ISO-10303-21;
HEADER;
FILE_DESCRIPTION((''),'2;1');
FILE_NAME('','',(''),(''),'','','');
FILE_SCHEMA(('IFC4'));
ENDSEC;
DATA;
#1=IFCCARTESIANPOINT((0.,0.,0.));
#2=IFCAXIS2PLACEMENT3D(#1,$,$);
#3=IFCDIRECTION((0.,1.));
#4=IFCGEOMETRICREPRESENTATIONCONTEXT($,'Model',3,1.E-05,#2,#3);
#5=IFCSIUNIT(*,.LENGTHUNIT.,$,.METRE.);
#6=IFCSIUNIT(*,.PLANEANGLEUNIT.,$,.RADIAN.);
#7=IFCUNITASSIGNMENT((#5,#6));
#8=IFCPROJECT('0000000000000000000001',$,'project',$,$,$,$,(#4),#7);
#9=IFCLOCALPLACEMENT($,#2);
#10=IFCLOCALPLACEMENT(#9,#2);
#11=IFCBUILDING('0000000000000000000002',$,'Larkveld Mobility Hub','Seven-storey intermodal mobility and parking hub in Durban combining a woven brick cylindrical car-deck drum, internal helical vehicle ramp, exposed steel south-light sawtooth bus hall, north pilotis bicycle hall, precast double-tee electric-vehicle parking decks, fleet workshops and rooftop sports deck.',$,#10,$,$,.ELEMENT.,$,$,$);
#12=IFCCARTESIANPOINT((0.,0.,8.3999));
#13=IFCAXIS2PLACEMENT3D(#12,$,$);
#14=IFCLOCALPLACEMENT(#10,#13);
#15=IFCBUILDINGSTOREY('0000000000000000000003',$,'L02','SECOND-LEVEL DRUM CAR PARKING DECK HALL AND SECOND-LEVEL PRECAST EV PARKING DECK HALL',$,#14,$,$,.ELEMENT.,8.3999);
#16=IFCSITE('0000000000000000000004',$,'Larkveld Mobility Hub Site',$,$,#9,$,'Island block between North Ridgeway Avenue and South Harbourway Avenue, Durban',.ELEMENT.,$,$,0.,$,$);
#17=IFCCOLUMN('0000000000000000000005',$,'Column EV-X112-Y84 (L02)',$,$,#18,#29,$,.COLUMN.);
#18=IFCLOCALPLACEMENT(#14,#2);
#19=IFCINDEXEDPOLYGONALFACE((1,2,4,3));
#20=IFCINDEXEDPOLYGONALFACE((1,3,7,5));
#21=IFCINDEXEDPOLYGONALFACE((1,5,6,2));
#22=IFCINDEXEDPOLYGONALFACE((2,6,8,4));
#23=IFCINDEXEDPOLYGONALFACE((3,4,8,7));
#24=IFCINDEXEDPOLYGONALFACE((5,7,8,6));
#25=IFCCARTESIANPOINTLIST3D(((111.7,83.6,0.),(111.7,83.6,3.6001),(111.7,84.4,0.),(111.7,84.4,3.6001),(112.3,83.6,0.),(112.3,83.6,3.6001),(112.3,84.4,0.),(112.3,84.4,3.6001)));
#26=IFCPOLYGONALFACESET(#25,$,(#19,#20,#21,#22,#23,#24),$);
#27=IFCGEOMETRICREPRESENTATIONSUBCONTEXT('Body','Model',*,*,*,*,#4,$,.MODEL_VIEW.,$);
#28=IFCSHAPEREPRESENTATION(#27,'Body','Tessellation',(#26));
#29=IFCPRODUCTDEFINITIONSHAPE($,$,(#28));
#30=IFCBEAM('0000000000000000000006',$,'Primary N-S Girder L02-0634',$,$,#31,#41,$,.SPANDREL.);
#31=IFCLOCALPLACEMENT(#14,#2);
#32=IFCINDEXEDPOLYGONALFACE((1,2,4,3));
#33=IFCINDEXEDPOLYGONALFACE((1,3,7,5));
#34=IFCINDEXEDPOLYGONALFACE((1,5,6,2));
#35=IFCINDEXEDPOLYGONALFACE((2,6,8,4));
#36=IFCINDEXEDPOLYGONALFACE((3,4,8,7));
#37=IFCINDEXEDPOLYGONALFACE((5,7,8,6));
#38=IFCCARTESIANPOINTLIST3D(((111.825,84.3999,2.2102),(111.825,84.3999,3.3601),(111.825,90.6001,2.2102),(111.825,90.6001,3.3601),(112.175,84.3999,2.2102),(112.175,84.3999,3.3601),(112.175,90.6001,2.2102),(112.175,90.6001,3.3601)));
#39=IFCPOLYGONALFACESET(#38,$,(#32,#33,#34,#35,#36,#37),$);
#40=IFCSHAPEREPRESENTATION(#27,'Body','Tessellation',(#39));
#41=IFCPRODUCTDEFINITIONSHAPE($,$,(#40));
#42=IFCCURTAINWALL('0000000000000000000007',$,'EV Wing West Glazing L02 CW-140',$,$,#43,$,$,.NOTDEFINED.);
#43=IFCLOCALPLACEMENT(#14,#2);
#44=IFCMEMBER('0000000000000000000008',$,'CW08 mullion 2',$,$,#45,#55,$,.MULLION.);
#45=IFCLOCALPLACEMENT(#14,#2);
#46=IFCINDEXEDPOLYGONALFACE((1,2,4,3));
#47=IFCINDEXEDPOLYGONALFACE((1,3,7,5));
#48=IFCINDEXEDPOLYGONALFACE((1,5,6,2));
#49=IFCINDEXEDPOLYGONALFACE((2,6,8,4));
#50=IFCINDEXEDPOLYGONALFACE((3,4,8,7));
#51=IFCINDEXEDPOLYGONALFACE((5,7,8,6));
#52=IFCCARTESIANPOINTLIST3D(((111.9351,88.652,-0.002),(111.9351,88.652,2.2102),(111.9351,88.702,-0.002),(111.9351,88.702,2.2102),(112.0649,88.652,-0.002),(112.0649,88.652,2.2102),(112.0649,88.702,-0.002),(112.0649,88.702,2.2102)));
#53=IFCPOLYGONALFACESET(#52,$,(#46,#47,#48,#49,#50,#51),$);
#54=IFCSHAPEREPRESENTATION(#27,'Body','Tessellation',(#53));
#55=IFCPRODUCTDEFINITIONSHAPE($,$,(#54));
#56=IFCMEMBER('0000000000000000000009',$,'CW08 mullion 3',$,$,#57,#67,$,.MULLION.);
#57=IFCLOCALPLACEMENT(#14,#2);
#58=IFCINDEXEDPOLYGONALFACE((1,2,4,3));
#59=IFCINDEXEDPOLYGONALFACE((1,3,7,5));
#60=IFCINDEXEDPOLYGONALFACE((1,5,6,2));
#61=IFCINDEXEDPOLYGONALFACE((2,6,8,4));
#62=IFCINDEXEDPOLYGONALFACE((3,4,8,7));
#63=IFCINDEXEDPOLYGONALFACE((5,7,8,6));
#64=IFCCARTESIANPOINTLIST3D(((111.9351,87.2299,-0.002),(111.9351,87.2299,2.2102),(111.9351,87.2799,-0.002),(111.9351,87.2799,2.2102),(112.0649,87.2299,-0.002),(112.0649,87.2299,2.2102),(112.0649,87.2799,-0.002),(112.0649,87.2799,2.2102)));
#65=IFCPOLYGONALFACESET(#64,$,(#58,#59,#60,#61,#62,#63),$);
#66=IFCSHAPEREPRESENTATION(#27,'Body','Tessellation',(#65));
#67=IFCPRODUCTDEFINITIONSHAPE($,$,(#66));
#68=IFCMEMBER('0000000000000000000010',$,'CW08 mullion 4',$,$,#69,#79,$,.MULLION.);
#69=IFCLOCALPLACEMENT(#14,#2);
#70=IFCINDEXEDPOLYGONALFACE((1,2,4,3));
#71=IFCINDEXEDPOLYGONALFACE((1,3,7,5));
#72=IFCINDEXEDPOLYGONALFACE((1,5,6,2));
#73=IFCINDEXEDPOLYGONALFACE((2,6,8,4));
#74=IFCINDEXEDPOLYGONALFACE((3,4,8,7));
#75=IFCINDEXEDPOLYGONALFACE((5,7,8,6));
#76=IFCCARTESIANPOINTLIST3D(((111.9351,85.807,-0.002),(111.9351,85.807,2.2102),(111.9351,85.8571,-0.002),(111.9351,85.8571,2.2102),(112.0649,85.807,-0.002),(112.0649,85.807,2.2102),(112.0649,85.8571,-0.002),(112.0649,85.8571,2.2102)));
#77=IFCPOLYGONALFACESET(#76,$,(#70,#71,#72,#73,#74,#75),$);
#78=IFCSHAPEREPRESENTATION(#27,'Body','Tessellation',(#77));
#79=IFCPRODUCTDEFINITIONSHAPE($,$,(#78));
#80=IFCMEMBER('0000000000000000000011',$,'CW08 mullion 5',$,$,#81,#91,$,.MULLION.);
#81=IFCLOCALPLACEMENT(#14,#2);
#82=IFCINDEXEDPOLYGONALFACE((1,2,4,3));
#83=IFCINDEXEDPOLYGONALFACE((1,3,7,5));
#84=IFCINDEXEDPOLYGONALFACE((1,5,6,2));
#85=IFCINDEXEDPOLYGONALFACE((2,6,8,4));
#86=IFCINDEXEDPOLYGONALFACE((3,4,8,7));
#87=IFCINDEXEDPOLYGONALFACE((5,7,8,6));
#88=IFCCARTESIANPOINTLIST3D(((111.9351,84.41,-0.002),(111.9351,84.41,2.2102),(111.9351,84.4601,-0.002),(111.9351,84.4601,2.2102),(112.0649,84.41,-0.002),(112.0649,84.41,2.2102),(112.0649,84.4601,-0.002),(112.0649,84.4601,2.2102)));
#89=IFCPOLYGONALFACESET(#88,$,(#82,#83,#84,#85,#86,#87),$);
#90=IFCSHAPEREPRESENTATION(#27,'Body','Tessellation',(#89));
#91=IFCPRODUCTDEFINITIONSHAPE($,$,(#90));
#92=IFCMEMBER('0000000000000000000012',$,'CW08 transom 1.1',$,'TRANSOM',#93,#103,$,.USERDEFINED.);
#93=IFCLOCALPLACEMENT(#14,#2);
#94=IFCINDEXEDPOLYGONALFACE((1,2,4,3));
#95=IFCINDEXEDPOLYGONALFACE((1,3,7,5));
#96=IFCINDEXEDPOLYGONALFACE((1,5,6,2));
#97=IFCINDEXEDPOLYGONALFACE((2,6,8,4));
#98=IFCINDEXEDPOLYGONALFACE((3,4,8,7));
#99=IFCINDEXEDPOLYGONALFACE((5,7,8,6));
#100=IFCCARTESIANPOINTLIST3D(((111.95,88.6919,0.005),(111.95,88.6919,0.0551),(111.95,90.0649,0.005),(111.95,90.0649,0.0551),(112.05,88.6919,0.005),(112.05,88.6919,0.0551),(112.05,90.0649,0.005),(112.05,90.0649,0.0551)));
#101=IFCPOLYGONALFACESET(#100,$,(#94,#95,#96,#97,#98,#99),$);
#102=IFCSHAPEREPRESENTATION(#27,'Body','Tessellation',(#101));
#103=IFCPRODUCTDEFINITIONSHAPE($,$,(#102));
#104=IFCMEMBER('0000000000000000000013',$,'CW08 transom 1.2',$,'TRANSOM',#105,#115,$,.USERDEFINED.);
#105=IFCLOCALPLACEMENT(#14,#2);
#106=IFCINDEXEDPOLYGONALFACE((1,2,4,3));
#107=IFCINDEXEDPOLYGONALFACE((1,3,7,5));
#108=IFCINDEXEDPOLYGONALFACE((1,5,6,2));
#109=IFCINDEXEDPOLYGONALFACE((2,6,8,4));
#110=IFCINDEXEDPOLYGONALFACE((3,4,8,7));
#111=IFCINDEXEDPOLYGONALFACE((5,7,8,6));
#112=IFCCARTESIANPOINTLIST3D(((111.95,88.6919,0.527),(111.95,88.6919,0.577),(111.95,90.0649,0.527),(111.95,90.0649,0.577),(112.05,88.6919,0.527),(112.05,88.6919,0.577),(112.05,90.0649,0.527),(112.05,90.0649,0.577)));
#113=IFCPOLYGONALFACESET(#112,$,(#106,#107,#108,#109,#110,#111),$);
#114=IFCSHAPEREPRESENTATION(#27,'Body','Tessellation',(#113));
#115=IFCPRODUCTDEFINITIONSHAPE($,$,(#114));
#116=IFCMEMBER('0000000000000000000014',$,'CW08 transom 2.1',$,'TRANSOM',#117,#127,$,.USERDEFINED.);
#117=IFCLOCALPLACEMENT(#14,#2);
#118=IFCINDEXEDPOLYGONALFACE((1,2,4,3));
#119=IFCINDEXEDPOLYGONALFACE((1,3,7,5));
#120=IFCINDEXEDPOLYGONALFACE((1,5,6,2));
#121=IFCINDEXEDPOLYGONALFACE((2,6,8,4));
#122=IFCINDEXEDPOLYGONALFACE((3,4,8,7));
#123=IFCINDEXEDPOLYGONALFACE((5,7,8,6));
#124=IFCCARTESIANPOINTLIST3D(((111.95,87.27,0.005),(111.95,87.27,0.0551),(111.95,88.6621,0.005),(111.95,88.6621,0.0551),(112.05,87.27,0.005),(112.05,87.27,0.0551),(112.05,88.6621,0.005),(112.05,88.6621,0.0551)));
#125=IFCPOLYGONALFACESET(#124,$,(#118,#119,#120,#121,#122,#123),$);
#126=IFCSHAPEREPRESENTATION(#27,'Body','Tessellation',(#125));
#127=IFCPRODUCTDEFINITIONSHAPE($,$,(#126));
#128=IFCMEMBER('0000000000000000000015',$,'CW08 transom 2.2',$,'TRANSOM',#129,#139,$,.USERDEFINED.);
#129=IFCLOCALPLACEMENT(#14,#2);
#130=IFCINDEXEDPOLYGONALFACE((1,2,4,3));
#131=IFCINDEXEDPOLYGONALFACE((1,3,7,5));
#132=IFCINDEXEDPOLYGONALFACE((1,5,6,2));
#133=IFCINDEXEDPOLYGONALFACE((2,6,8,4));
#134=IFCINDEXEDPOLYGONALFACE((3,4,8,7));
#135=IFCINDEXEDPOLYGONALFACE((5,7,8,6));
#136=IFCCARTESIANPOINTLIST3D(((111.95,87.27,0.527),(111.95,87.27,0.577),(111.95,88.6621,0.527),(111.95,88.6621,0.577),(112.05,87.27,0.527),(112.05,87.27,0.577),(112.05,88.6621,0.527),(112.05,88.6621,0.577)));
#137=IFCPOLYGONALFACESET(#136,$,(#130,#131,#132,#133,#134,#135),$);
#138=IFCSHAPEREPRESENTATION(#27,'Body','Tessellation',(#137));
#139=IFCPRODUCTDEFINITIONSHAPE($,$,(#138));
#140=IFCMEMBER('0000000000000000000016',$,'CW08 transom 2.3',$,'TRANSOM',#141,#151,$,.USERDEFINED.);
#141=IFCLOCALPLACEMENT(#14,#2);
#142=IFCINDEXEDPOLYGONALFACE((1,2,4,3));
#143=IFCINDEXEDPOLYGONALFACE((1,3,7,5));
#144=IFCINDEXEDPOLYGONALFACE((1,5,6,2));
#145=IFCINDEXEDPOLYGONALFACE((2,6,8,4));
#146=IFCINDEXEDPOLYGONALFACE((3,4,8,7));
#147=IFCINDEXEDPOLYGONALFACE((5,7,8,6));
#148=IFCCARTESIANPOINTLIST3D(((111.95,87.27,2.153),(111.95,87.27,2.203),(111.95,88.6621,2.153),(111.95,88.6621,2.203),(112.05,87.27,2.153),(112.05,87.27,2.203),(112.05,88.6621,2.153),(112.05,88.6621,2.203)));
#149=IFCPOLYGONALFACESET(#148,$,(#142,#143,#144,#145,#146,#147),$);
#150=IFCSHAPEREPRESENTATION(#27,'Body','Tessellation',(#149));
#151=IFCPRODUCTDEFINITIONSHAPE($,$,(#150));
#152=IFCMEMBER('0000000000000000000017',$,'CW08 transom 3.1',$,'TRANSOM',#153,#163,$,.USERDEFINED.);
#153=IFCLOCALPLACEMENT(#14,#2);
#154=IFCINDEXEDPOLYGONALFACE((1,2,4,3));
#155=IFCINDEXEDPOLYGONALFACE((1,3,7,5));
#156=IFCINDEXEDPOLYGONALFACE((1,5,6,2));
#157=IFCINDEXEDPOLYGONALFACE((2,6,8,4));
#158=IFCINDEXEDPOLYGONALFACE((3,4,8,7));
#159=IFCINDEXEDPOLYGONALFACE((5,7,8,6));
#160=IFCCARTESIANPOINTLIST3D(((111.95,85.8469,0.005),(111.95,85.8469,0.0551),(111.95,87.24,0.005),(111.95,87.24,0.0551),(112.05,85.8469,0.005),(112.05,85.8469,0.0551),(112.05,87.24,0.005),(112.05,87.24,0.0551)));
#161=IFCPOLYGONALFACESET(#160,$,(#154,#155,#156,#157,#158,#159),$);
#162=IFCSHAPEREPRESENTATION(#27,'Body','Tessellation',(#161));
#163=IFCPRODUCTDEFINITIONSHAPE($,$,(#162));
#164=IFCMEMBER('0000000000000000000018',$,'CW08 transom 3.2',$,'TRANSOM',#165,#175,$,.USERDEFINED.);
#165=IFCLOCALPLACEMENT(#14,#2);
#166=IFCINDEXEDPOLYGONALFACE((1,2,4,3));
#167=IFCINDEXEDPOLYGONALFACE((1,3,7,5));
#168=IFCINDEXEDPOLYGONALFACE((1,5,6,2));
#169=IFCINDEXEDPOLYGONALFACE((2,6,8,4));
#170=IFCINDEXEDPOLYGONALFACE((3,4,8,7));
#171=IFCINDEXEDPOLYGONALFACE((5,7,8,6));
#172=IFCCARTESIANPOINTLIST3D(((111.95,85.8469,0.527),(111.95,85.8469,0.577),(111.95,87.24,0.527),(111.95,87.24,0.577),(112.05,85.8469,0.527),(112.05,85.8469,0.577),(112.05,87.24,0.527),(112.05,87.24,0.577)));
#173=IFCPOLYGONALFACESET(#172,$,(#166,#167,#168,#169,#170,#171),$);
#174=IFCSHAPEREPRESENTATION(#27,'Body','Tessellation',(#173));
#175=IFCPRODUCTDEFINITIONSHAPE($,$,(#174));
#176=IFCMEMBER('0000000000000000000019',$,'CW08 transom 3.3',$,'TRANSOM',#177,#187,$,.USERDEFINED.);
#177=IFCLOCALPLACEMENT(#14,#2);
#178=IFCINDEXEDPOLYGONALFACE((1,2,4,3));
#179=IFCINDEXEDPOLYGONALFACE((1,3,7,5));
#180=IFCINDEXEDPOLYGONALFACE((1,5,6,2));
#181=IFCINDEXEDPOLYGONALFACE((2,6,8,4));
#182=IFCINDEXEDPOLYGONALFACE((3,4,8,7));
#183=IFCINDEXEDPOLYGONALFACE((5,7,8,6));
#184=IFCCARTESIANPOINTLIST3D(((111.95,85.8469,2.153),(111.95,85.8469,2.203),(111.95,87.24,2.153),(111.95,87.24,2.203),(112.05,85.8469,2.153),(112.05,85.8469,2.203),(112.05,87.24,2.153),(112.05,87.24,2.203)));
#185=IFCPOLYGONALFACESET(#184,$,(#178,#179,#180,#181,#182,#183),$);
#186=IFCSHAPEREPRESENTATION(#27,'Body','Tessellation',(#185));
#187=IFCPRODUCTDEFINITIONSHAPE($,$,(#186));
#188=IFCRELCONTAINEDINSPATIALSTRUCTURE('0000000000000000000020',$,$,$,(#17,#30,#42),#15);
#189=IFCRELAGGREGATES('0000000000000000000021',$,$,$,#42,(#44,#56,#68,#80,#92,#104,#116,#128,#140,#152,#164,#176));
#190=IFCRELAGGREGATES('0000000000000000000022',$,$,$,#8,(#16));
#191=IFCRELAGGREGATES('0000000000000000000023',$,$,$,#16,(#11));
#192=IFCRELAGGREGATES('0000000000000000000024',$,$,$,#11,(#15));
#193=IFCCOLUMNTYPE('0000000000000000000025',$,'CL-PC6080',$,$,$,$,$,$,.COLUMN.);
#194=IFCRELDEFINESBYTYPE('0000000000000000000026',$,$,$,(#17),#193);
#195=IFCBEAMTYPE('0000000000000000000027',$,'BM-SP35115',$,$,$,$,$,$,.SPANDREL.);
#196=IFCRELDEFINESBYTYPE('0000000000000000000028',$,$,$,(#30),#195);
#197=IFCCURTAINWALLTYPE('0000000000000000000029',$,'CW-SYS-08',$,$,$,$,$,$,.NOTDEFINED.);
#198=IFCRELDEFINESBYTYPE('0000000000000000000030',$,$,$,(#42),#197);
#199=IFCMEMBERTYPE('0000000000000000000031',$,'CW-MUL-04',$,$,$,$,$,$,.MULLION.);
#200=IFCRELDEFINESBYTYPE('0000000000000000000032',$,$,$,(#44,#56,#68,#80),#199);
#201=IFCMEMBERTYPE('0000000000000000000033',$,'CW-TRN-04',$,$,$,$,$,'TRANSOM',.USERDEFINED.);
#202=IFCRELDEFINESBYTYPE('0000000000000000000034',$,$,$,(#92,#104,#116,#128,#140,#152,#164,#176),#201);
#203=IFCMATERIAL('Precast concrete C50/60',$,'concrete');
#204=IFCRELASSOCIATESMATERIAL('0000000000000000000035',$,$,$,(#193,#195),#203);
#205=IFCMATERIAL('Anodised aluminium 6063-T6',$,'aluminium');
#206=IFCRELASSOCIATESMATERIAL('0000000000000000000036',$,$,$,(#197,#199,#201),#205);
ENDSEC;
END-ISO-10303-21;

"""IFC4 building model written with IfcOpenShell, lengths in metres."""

from ifc_helpers import new_model, si_unit, direction, frame, origin, origin_2d, place, context, subcontext, project, spatial, rectangle, extrude, material, material_profile, profile_set, type_object, element, aggregate, save


model = new_model("IFC4")

# Units and contexts
model_context = context("Model", 3, precision=1e-05, world=origin(), true_north=direction((0.0, 1.0)))
body_context = subcontext(model_context, "Body", "Model", "MODEL_VIEW")
ifc_project = project(units=[si_unit("LENGTHUNIT", "METRE"), si_unit("PLANEANGLEUNIT", "RADIAN")], contexts=[model_context])

# Site, building, storey
site_placement = place(None, origin())
site = spatial("IfcSite", under=ifc_project, at=site_placement, Name="Larkveld Mobility Hub Site", LongName="Island block between North Ridgeway Avenue and South Harbourway Avenue, Durban", CompositionType="ELEMENT", RefElevation=0.0)
building_placement = place(site_placement, origin())
building = spatial("IfcBuilding", under=site, at=building_placement, Name="Larkveld Mobility Hub", Description="Seven-storey intermodal mobility and parking hub in Durban combining a woven brick cylindrical car-deck drum, internal helical vehicle ramp, exposed steel south-light sawtooth bus hall, north pilotis bicycle hall, precast double-tee electric-vehicle parking decks, fleet workshops and rooftop sports deck.", CompositionType="ELEMENT")
storey_placement = place(building_placement, frame((0.0, 0.0, 8.3999)))
storey = spatial("IfcBuildingStorey", under=building, at=storey_placement, Name="L02", Description="SECOND-LEVEL DRUM CAR PARKING DECK HALL AND SECOND-LEVEL PRECAST EV PARKING DECK HALL", CompositionType="ELEMENT", Elevation=8.3999)

# Column
ifc_material_1 = material(Name="Precast concrete C50/60", Category="concrete")
ifc_material_profile_1 = material_profile(ifc_material_1, rectangle(XDim=0.6001, YDim=0.8, at=origin_2d()), Name="RC COL 600x800")
ifc_profile_set_1 = profile_set([ifc_material_profile_1], Name="Precast concrete C50/60")
column_type = type_object("IfcColumnType", Name="CL-PC6080", PredefinedType="COLUMN", material=ifc_profile_set_1)
column_placement = place(storey_placement, frame((112.0, 84.0, 0.0), z_axis=(0.0, 0.0, 1.0), x_axis=(1.0, 0.0, 0.0)))
element("IfcColumn", 1, at=column_placement, inside=storey, type_object=column_type, Name="Column EV-X112-Y84 (L02)", PredefinedType="COLUMN", context=body_context, shape_type="SweptSolid", body=[
    extrude(rectangle(XDim=0.6001, YDim=0.8, at=origin_2d()), origin(), (0.0, 0.0, 1.0), 3.6001),
])

# Beam
ifc_material_profile_2 = material_profile(ifc_material_1, rectangle(XDim=0.3501, YDim=1.1499, at=origin_2d()), Name="PC SP 350x1150")
ifc_profile_set_2 = profile_set([ifc_material_profile_2], Name="Precast concrete C50/60")
beam_type = type_object("IfcBeamType", Name="BM-SP35115", PredefinedType="SPANDREL", material=ifc_profile_set_2)
beam_placement = place(storey_placement, frame((112.0, 84.3999, 2.7852), z_axis=(0.0, 1.0, 0.0), x_axis=(-1.0, 0.0, 0.0)))
element("IfcBeam", 2, at=beam_placement, inside=storey, type_object=beam_type, Name="Primary N-S Girder L02-0634", PredefinedType="SPANDREL", context=body_context, shape_type="SweptSolid", body=[
    extrude(rectangle(XDim=0.3501, YDim=1.1499, at=origin_2d()), origin(), (0.0, 0.0, 1.0), 6.2002),
])

# Curtain wall, members
ifc_material_2 = material(Name="Anodised aluminium 6063-T6", Category="aluminium")
curtain_wall_type = type_object("IfcCurtainWallType", Name="CW-SYS-08", PredefinedType="NOTDEFINED", material=ifc_material_2)
curtain_wall_placement = place(storey_placement, origin())
curtain_wall = element("IfcCurtainWall", 3, at=curtain_wall_placement, inside=storey, type_object=curtain_wall_type, Name="EV Wing West Glazing L02 CW-140", PredefinedType="NOTDEFINED")
ifc_material_profile_3 = material_profile(ifc_material_2, rectangle(XDim=0.05, YDim=0.1299, at=origin_2d()), Name="ALU MULL 50x130")
ifc_profile_set_3 = profile_set([ifc_material_profile_3], Name="Anodised aluminium 6063-T6")
member_type_1 = type_object("IfcMemberType", Name="CW-MUL-04", PredefinedType="MULLION", material=ifc_profile_set_3)
member_1_placement = place(storey_placement, frame((112.0, 88.677, -0.002), z_axis=(0.0, 0.0, 1.0), x_axis=(0.0, -1.0, 0.0)))
member_1 = element("IfcMember", 4, at=member_1_placement, type_object=member_type_1, Name="CW08 mullion 2", PredefinedType="MULLION", context=body_context, shape_type="SweptSolid", body=[
    extrude(rectangle(XDim=0.05, YDim=0.1299, at=origin_2d()), origin(), (0.0, 0.0, 1.0), 2.2122),
])
member_2_placement = place(storey_placement, frame((112.0, 87.2549, -0.002), z_axis=(0.0, 0.0, 1.0), x_axis=(0.0, -1.0, 0.0)))
member_2 = element("IfcMember", 5, at=member_2_placement, type_object=member_type_1, Name="CW08 mullion 3", PredefinedType="MULLION", context=body_context, shape_type="SweptSolid", body=[
    extrude(rectangle(XDim=0.05, YDim=0.1299, at=origin_2d()), origin(), (0.0, 0.0, 1.0), 2.2122),
])
member_3_placement = place(storey_placement, frame((112.0, 85.832, -0.002), z_axis=(0.0, 0.0, 1.0), x_axis=(0.0, -1.0, 0.0)))
member_3 = element("IfcMember", 6, at=member_3_placement, type_object=member_type_1, Name="CW08 mullion 4", PredefinedType="MULLION", context=body_context, shape_type="SweptSolid", body=[
    extrude(rectangle(XDim=0.05, YDim=0.1299, at=origin_2d()), origin(), (0.0, 0.0, 1.0), 2.2122),
])
member_4_placement = place(storey_placement, frame((112.0, 84.4351, -0.002), z_axis=(0.0, 0.0, 1.0), x_axis=(0.0, -1.0, 0.0)))
member_4 = element("IfcMember", 7, at=member_4_placement, type_object=member_type_1, Name="CW08 mullion 5", PredefinedType="MULLION", context=body_context, shape_type="SweptSolid", body=[
    extrude(rectangle(XDim=0.05, YDim=0.1299, at=origin_2d()), origin(), (0.0, 0.0, 1.0), 2.2122),
])
ifc_material_profile_4 = material_profile(ifc_material_2, rectangle(XDim=0.1001, YDim=0.05, at=origin_2d()), Name="ALU TRAN 50x100")
ifc_profile_set_4 = profile_set([ifc_material_profile_4], Name="Anodised aluminium 6063-T6")
member_type_2 = type_object("IfcMemberType", Name="CW-TRN-04", ElementType="TRANSOM", PredefinedType="USERDEFINED", material=ifc_profile_set_4)
member_5_placement = place(storey_placement, frame((112.0, 90.0649, 0.03), z_axis=(0.0, -1.0, 0.0), x_axis=(1.0, 0.0, 0.0)))
member_5 = element("IfcMember", 8, at=member_5_placement, type_object=member_type_2, Name="CW08 transom 1.1", ObjectType="TRANSOM", PredefinedType="USERDEFINED", context=body_context, shape_type="SweptSolid", body=[
    extrude(rectangle(XDim=0.1001, YDim=0.05, at=origin_2d()), origin(), (0.0, 0.0, 1.0), 1.373),
])
member_6_placement = place(storey_placement, frame((112.0, 90.0649, 0.552), z_axis=(0.0, -1.0, 0.0), x_axis=(1.0, 0.0, 0.0)))
member_6 = element("IfcMember", 9, at=member_6_placement, type_object=member_type_2, Name="CW08 transom 1.2", ObjectType="TRANSOM", PredefinedType="USERDEFINED", context=body_context, shape_type="SweptSolid", body=[
    extrude(rectangle(XDim=0.1001, YDim=0.05, at=origin_2d()), origin(), (0.0, 0.0, 1.0), 1.373),
])
member_7_placement = place(storey_placement, frame((112.0, 88.6621, 0.03), z_axis=(0.0, -1.0, 0.0), x_axis=(1.0, 0.0, 0.0)))
member_7 = element("IfcMember", 10, at=member_7_placement, type_object=member_type_2, Name="CW08 transom 2.1", ObjectType="TRANSOM", PredefinedType="USERDEFINED", context=body_context, shape_type="SweptSolid", body=[
    extrude(rectangle(XDim=0.1001, YDim=0.05, at=origin_2d()), origin(), (0.0, 0.0, 1.0), 1.3921),
])
member_8_placement = place(storey_placement, frame((112.0, 88.6621, 0.552), z_axis=(0.0, -1.0, 0.0), x_axis=(1.0, 0.0, 0.0)))
member_8 = element("IfcMember", 11, at=member_8_placement, type_object=member_type_2, Name="CW08 transom 2.2", ObjectType="TRANSOM", PredefinedType="USERDEFINED", context=body_context, shape_type="SweptSolid", body=[
    extrude(rectangle(XDim=0.1001, YDim=0.05, at=origin_2d()), origin(), (0.0, 0.0, 1.0), 1.3921),
])
member_9_placement = place(storey_placement, frame((112.0, 88.6621, 2.178), z_axis=(0.0, -1.0, 0.0), x_axis=(1.0, 0.0, 0.0)))
member_9 = element("IfcMember", 12, at=member_9_placement, type_object=member_type_2, Name="CW08 transom 2.3", ObjectType="TRANSOM", PredefinedType="USERDEFINED", context=body_context, shape_type="SweptSolid", body=[
    extrude(rectangle(XDim=0.1001, YDim=0.05, at=origin_2d()), origin(), (0.0, 0.0, 1.0), 1.3921),
])
member_10_placement = place(storey_placement, frame((112.0, 87.24, 0.03), z_axis=(0.0, -1.0, 0.0), x_axis=(1.0, 0.0, 0.0)))
member_10 = element("IfcMember", 13, at=member_10_placement, type_object=member_type_2, Name="CW08 transom 3.1", ObjectType="TRANSOM", PredefinedType="USERDEFINED", context=body_context, shape_type="SweptSolid", body=[
    extrude(rectangle(XDim=0.1001, YDim=0.05, at=origin_2d()), origin(), (0.0, 0.0, 1.0), 1.3931),
])
member_11_placement = place(storey_placement, frame((112.0, 87.24, 0.552), z_axis=(0.0, -1.0, 0.0), x_axis=(1.0, 0.0, 0.0)))
member_11 = element("IfcMember", 14, at=member_11_placement, type_object=member_type_2, Name="CW08 transom 3.2", ObjectType="TRANSOM", PredefinedType="USERDEFINED", context=body_context, shape_type="SweptSolid", body=[
    extrude(rectangle(XDim=0.1001, YDim=0.05, at=origin_2d()), origin(), (0.0, 0.0, 1.0), 1.3931),
])
member_12_placement = place(storey_placement, frame((112.0, 87.24, 2.178), z_axis=(0.0, -1.0, 0.0), x_axis=(1.0, 0.0, 0.0)))
member_12 = element("IfcMember", 15, at=member_12_placement, type_object=member_type_2, Name="CW08 transom 3.3", ObjectType="TRANSOM", PredefinedType="USERDEFINED", context=body_context, shape_type="SweptSolid", body=[
    extrude(rectangle(XDim=0.1001, YDim=0.05, at=origin_2d()), origin(), (0.0, 0.0, 1.0), 1.3931),
])
aggregate(curtain_wall, [member_1, member_2, member_3, member_4, member_5, member_6, member_7, member_8, member_9, member_10, member_11, member_12])

save(model, "model.ifc")
